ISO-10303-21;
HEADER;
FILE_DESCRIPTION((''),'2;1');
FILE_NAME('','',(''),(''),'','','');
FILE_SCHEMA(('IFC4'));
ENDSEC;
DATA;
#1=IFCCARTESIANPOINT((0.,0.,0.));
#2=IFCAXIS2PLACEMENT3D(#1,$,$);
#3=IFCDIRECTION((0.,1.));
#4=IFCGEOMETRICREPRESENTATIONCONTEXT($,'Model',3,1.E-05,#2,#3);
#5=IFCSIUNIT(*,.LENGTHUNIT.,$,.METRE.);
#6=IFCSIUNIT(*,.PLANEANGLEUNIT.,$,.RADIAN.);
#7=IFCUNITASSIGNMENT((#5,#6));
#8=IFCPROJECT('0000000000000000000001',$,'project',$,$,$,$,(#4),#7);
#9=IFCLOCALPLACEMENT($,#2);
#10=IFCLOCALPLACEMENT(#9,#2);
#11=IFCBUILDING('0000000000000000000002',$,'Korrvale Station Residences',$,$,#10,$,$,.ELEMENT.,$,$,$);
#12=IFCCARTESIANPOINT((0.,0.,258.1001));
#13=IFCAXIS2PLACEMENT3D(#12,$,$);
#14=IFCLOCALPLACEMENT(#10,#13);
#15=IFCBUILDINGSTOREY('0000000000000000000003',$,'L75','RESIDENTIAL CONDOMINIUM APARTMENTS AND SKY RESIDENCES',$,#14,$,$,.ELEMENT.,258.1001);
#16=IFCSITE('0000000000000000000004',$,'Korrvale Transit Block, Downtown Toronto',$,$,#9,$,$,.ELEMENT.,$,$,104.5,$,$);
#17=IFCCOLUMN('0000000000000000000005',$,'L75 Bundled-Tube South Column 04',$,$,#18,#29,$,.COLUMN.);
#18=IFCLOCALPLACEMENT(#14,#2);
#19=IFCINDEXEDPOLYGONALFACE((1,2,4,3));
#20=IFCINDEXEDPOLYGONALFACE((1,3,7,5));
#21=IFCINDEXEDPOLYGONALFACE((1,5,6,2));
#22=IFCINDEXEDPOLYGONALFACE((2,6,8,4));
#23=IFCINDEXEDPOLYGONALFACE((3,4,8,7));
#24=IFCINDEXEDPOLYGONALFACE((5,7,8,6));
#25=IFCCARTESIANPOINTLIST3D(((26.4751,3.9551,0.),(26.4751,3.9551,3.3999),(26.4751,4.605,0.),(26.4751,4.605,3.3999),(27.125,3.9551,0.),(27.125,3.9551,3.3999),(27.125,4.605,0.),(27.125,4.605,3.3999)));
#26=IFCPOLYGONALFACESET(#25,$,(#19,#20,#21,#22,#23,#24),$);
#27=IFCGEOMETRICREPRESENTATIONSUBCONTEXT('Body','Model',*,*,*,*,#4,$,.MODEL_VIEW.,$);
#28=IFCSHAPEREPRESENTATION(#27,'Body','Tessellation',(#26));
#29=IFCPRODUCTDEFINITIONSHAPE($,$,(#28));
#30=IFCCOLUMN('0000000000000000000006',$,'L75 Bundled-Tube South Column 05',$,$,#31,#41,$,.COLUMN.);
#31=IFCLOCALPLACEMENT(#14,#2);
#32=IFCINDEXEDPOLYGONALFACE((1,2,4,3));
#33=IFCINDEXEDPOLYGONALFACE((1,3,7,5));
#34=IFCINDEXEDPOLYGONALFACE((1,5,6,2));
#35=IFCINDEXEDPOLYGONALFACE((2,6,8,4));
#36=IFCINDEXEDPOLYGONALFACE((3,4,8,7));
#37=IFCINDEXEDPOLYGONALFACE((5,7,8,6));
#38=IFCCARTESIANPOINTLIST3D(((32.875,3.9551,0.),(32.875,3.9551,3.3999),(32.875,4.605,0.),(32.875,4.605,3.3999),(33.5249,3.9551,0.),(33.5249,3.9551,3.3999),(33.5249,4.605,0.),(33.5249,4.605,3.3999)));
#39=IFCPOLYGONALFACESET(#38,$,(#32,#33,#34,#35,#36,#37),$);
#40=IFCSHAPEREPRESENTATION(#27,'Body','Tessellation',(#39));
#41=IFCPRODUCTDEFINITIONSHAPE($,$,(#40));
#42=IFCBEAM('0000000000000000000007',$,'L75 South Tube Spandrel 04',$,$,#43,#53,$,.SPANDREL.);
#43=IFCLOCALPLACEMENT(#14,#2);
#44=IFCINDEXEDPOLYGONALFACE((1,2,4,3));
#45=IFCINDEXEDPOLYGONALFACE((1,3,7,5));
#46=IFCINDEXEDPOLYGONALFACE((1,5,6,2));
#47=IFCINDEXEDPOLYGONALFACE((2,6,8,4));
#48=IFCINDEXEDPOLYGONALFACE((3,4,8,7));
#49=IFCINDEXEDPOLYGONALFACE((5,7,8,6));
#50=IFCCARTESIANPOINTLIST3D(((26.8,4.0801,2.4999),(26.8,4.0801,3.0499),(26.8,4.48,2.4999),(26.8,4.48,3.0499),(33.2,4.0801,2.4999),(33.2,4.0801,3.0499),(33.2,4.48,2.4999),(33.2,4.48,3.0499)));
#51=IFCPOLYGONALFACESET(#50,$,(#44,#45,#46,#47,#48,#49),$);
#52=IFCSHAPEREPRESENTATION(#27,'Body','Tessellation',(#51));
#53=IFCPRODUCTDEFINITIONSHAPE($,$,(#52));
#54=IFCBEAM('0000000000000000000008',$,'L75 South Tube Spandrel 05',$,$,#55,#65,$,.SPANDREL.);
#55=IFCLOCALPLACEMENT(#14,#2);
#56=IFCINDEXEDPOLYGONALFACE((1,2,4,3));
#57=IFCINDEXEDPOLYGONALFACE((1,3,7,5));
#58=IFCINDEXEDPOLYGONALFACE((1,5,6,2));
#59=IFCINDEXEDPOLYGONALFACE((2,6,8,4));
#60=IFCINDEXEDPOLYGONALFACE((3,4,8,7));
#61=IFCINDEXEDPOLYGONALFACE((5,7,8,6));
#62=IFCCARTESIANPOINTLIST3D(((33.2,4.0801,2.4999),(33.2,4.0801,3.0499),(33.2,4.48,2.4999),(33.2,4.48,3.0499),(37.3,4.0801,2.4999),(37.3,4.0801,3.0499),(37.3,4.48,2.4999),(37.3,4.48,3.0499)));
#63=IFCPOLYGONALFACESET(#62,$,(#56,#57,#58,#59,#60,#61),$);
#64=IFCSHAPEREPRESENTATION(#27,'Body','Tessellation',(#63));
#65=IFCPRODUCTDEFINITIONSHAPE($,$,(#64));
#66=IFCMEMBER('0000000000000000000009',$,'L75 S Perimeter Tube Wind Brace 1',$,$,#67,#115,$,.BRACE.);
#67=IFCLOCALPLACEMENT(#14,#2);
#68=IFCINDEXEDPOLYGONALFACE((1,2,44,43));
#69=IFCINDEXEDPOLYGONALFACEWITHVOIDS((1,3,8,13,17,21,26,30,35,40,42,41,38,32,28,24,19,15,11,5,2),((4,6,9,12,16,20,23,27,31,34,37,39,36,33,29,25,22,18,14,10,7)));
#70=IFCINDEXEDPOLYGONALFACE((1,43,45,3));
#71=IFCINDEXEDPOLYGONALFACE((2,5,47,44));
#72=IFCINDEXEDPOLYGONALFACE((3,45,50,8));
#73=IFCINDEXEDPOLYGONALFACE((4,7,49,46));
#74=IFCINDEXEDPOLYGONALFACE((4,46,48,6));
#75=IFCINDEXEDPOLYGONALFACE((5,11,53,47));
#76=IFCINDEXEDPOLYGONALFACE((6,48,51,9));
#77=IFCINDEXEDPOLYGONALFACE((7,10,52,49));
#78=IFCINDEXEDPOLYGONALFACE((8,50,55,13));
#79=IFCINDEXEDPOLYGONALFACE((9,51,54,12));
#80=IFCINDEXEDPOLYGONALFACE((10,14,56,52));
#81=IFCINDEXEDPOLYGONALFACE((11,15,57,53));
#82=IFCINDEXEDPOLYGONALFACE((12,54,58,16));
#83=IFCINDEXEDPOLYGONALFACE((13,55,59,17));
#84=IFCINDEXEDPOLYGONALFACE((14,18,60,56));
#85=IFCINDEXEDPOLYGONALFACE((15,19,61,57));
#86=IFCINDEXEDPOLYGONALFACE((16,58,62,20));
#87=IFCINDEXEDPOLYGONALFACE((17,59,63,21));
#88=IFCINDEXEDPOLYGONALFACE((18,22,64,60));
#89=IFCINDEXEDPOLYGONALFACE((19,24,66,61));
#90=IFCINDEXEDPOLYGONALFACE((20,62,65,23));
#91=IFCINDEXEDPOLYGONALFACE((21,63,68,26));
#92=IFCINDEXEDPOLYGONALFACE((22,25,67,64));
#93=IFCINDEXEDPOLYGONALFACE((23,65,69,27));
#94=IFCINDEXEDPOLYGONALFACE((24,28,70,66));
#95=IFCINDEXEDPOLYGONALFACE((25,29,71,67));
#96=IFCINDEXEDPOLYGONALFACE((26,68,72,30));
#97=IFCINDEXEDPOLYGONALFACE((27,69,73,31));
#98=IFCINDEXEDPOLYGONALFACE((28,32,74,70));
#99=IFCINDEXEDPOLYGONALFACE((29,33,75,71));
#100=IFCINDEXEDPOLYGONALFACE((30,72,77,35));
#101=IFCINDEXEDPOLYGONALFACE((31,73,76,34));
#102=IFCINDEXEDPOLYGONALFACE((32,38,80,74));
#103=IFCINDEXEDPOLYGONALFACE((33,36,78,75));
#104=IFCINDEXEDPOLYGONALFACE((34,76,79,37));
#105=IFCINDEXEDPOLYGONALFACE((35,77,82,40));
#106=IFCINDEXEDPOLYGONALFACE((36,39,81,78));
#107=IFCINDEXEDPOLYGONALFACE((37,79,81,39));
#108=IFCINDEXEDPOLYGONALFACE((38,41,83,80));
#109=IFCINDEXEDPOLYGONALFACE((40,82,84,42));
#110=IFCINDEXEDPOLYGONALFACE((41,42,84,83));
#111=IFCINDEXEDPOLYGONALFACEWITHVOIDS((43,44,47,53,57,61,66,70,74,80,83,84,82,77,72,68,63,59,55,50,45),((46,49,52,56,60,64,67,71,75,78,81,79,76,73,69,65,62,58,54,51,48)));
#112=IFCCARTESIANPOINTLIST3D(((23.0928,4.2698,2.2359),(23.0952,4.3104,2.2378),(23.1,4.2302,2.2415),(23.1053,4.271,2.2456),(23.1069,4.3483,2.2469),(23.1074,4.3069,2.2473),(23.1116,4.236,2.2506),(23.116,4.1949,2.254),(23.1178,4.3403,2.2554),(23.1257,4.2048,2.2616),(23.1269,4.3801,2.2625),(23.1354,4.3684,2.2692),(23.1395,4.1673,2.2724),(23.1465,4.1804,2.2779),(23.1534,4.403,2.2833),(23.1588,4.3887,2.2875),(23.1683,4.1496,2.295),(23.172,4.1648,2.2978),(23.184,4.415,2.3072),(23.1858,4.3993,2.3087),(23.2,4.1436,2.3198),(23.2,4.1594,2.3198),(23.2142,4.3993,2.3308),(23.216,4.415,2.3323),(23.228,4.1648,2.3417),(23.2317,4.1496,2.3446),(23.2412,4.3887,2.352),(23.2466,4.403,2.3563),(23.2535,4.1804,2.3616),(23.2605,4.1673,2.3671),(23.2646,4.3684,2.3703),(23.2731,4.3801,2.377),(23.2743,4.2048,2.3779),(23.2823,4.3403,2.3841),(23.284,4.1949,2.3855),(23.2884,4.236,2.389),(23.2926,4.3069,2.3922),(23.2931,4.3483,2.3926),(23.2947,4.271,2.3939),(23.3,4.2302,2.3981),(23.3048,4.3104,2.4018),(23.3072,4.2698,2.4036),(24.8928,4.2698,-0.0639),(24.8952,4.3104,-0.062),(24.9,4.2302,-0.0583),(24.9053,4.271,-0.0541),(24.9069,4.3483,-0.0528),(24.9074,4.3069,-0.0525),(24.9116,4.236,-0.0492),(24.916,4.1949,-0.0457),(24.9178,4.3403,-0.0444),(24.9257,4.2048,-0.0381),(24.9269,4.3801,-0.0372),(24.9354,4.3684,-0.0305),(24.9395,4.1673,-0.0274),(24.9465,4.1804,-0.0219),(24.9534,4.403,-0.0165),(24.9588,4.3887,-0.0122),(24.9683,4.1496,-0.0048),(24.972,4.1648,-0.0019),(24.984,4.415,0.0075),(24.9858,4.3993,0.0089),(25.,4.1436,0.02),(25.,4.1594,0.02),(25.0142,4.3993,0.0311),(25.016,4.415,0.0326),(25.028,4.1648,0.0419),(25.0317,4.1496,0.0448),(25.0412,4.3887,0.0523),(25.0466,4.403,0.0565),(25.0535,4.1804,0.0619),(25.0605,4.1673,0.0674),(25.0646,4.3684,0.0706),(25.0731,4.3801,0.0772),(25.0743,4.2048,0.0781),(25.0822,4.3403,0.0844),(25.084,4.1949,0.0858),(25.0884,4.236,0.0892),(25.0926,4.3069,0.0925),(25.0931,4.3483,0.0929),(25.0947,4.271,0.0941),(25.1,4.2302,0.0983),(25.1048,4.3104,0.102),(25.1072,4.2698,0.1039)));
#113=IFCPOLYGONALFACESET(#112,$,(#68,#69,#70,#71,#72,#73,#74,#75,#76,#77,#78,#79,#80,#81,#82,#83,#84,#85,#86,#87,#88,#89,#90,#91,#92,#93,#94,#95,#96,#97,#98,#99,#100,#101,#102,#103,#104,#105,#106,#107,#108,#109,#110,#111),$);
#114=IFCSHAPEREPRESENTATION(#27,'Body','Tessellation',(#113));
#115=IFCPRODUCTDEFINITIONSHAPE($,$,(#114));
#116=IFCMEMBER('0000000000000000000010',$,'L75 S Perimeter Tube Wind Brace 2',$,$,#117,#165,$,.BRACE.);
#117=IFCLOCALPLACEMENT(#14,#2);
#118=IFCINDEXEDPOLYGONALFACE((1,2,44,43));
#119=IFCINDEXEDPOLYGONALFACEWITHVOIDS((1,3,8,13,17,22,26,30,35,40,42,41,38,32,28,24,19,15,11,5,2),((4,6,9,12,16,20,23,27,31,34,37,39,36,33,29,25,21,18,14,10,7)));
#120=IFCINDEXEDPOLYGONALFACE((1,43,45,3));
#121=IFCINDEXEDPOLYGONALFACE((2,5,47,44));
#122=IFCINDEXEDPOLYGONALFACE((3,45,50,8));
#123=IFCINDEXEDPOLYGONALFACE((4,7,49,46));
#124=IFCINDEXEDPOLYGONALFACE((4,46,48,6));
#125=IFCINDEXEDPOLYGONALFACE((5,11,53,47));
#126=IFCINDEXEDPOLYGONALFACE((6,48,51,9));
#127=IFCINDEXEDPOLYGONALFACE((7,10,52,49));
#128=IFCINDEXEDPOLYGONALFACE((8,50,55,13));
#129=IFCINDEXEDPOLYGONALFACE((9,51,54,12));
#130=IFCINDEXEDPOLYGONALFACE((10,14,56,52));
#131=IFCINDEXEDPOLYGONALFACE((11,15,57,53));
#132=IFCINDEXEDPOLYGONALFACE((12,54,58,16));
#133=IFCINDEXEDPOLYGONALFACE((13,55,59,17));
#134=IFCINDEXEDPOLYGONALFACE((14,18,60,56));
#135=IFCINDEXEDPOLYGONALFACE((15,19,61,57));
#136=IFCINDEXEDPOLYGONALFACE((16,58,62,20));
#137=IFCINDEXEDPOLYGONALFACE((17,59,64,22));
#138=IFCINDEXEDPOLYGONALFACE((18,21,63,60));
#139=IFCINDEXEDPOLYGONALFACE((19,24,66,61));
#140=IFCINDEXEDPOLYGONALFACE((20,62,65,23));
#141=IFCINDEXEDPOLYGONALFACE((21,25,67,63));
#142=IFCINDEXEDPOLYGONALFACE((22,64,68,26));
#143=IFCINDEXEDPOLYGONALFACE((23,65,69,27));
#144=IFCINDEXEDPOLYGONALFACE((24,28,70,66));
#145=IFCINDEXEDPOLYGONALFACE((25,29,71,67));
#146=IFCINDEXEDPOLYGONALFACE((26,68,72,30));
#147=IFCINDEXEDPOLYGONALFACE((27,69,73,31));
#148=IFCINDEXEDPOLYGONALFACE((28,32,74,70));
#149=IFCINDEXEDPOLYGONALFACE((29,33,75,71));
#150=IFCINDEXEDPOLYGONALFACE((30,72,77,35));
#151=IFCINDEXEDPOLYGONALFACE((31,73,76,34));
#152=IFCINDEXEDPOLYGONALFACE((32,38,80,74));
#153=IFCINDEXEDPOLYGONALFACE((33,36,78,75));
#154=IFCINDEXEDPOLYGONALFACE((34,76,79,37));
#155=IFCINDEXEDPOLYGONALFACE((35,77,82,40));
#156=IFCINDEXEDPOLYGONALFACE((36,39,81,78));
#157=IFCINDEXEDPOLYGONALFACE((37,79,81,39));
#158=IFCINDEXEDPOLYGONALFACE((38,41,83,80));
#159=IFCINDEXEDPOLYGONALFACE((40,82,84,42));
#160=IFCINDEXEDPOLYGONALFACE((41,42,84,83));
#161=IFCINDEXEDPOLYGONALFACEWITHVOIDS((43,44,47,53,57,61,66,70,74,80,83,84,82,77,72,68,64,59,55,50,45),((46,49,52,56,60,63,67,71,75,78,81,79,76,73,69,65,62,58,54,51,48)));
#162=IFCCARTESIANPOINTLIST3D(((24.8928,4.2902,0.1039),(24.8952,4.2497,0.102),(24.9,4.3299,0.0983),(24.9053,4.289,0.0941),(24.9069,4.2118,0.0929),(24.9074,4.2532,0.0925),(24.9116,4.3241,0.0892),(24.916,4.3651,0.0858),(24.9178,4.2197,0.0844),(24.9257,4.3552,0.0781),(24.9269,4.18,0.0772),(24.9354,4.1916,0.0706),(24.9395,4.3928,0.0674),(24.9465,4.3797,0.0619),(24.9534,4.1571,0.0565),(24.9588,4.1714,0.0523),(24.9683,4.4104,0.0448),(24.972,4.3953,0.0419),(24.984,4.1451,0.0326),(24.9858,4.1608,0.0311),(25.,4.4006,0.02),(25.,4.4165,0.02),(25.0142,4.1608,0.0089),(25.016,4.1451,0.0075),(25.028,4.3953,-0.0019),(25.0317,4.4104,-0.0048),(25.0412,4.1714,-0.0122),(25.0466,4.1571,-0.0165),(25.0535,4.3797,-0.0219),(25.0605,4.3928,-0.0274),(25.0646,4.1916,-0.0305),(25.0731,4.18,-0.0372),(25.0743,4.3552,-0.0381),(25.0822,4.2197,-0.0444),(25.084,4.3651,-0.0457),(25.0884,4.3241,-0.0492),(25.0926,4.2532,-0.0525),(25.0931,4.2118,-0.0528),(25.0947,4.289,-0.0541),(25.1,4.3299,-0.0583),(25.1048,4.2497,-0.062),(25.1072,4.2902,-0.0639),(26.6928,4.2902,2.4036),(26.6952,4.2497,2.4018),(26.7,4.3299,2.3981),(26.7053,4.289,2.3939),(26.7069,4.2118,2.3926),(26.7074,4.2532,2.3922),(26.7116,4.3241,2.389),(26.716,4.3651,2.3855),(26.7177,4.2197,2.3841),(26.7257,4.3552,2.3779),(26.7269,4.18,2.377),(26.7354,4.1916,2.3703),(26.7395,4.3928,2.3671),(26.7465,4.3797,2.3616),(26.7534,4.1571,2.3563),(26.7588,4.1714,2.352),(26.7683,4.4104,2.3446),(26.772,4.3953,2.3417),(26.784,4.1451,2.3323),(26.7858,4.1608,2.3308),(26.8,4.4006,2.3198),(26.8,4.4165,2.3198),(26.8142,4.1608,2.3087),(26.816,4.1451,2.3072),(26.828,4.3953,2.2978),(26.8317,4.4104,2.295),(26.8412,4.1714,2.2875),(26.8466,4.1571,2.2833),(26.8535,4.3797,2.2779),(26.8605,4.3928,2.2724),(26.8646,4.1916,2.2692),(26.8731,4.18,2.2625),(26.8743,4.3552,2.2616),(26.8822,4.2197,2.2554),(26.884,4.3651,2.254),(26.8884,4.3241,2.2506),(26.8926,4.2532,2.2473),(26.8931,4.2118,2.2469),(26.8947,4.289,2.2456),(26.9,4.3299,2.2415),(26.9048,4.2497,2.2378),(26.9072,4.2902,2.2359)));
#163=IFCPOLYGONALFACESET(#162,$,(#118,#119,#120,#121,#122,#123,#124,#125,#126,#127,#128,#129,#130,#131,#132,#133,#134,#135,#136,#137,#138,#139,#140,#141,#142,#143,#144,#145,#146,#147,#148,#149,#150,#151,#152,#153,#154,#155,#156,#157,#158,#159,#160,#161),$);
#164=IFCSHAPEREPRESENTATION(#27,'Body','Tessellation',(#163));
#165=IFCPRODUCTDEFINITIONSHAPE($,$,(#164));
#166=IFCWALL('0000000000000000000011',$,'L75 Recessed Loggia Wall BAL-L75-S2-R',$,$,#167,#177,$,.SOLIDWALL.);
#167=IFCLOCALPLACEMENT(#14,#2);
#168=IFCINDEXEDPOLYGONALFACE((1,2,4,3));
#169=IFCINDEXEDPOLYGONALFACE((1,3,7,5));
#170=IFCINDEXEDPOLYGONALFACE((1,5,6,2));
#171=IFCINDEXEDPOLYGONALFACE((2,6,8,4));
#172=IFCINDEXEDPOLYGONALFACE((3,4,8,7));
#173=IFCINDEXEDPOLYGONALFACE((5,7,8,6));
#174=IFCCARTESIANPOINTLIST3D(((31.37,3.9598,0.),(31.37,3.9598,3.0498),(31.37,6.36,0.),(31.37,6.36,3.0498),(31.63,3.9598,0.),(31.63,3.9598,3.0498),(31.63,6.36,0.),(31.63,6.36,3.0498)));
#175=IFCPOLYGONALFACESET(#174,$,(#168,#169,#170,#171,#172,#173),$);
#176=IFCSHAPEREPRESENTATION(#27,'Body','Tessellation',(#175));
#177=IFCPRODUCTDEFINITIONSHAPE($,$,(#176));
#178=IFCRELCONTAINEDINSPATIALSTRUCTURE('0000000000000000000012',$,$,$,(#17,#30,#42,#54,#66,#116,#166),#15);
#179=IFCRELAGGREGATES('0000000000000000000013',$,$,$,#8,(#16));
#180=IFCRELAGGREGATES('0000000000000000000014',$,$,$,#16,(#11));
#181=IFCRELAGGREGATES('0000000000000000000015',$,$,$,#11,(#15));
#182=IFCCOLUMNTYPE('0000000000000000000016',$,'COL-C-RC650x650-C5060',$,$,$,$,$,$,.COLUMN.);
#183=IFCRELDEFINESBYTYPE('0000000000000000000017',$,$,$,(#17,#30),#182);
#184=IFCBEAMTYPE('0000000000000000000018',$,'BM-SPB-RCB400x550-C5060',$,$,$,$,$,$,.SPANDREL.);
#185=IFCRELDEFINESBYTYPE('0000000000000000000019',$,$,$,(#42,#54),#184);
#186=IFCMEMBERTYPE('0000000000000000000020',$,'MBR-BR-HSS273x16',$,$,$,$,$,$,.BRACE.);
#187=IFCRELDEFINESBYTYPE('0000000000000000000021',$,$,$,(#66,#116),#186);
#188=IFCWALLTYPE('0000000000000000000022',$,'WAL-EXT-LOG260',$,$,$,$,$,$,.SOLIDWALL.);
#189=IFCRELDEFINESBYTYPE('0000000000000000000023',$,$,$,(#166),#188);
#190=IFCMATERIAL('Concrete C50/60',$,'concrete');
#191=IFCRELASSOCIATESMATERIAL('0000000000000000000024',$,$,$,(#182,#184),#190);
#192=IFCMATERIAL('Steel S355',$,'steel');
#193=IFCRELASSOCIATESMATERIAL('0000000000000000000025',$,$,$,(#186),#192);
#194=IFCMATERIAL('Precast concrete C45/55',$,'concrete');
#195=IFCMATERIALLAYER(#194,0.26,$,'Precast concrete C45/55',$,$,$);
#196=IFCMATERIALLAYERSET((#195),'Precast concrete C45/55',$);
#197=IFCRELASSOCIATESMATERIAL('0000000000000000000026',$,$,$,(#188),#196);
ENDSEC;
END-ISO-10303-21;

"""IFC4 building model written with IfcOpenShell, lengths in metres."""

from ifc_helpers import new_model, si_unit, direction, frame, frame_2d, origin, origin_2d, place, context, subcontext, project, spatial, rectangle, hollow_circle, extrude, material, layer, layer_set, material_profile, profile_set, type_object, element, save


model = new_model("IFC4")

# Units and contexts
model_context = context("Model", 3, precision=1e-05, world=origin(), true_north=direction((0.0, 1.0)))
body_context = subcontext(model_context, "Body", "Model", "MODEL_VIEW")
ifc_project = project(units=[si_unit("LENGTHUNIT", "METRE"), si_unit("PLANEANGLEUNIT", "RADIAN")], contexts=[model_context])

# Site, building, storey
site_placement = place(None, origin())
site = spatial("IfcSite", under=ifc_project, at=site_placement, Name="Korrvale Transit Block, Downtown Toronto", CompositionType="ELEMENT", RefElevation=104.5)
building_placement = place(site_placement, origin())
building = spatial("IfcBuilding", under=site, at=building_placement, Name="Korrvale Station Residences", CompositionType="ELEMENT")
storey_placement = place(building_placement, frame((0.0, 0.0, 258.1001)))
storey = spatial("IfcBuildingStorey", under=building, at=storey_placement, Name="L75", Description="RESIDENTIAL CONDOMINIUM APARTMENTS AND SKY RESIDENCES", CompositionType="ELEMENT", Elevation=258.1001)

# Columns
ifc_material_1 = material(Name="Concrete C50/60", Category="concrete")
ifc_material_profile_1 = material_profile(ifc_material_1, rectangle(XDim=0.6499, YDim=0.6499, at=origin_2d()), Name="RC650x650")
ifc_profile_set_1 = profile_set([ifc_material_profile_1], Name="Concrete C50/60")
column_type = type_object("IfcColumnType", Name="COL-C-RC650x650-C5060", PredefinedType="COLUMN", material=ifc_profile_set_1)
for number, where, z_axis, x_axis, name in (
    (1, (26.8, 4.28, 0.0), (0.0, 0.0, 1.0), (1.0, 0.0, 0.0), "L75 Bundled-Tube South Column 04"),
    (2, (33.2, 4.28, 0.0), (0.0, 0.0, 1.0), (1.0, 0.0, 0.0), "L75 Bundled-Tube South Column 05"),
):
    element("IfcColumn", number, at=place(storey_placement, frame(where, z_axis=z_axis, x_axis=x_axis)), inside=storey, type_object=column_type, Name=name, PredefinedType="COLUMN", context=body_context, shape_type="SweptSolid", body=[
        extrude(rectangle(XDim=0.6499, YDim=0.6499, at=origin_2d()), origin(), (0.0, 0.0, 1.0), 3.3999),
    ])

# Beams
ifc_material_profile_2 = material_profile(ifc_material_1, rectangle(XDim=0.3999, YDim=0.55, at=origin_2d()), Name="RCB400x550")
ifc_profile_set_2 = profile_set([ifc_material_profile_2], Name="Concrete C50/60")
beam_type = type_object("IfcBeamType", Name="BM-SPB-RCB400x550-C5060", PredefinedType="SPANDREL", material=ifc_profile_set_2)
beam_1_placement = place(storey_placement, frame((26.8, 4.28, 2.7749), z_axis=(1.0, 0.0, 0.0), x_axis=(0.0, 1.0, 0.0)))
element("IfcBeam", 3, at=beam_1_placement, inside=storey, type_object=beam_type, Name="L75 South Tube Spandrel 04", PredefinedType="SPANDREL", context=body_context, shape_type="SweptSolid", body=[
    extrude(rectangle(XDim=0.3999, YDim=0.55, at=origin_2d()), origin(), (0.0, 0.0, 1.0), 6.3999),
])
beam_2_placement = place(storey_placement, frame((33.2, 4.28, 2.7749), z_axis=(1.0, 0.0, 0.0), x_axis=(0.0, 1.0, 0.0)))
element("IfcBeam", 4, at=beam_2_placement, inside=storey, type_object=beam_type, Name="L75 South Tube Spandrel 05", PredefinedType="SPANDREL", context=body_context, shape_type="SweptSolid", body=[
    extrude(rectangle(XDim=0.3999, YDim=0.55, at=origin_2d()), origin(), (0.0, 0.0, 1.0), 4.1001),
])

# Members
ifc_material_2 = material(Name="Steel S355", Category="steel")
ifc_material_profile_3 = material_profile(ifc_material_2, hollow_circle(Radius=0.1365, WallThickness=0.0159, at=origin_2d()), Name="HSS273x16")
ifc_profile_set_3 = profile_set([ifc_material_profile_3], Name="Steel S355")
member_type = type_object("IfcMemberType", Name="MBR-BR-HSS273x16", PredefinedType="BRACE", material=ifc_profile_set_3)
for number, where, z_axis, x_axis, name in (
    (5, (25.0, 4.28, 0.02), (-0.616351, 0.0, 0.787471), (0.0, -1.0, 0.0), "L75 S Perimeter Tube Wind Brace 1"),
    (6, (25.0, 4.28, 0.02), (0.616351, 0.0, 0.787471), (0.0, 1.0, 0.0), "L75 S Perimeter Tube Wind Brace 2"),
):
    element("IfcMember", number, at=place(storey_placement, frame(where, z_axis=z_axis, x_axis=x_axis)), inside=storey, type_object=member_type, Name=name, PredefinedType="BRACE", context=body_context, shape_type="SweptSolid", body=[
        extrude(hollow_circle(Radius=0.1365, WallThickness=0.0159, at=origin_2d()), origin(), (0.0, 0.0, 1.0), 2.9204),
    ])

# Wall
ifc_material_3 = material(Name="Precast concrete C45/55", Category="concrete")
ifc_layer_1 = layer(ifc_material_3, 0.26, Name="Precast concrete C45/55")
ifc_layer_set_1 = layer_set([ifc_layer_1], Name="Precast concrete C45/55")
wall_type_1 = type_object("IfcWallType", Name="WAL-EXT-LOG260", PredefinedType="SOLIDWALL", material=ifc_layer_set_1)
wall_1_placement = place(storey_placement, frame((31.5, 6.3601, 0.0), z_axis=(0.0, 0.0, 1.0), x_axis=(0.0, -1.0, 0.0)))
element("IfcWall", 7, at=wall_1_placement, inside=storey, type_object=wall_type_1, Name="L75 Recessed Loggia Wall BAL-L75-S2-R", PredefinedType="SOLIDWALL", context=body_context, shape_type="SweptSolid", body=[
    extrude(rectangle(XDim=2.4001, YDim=0.26, at=frame_2d((1.2002, 0.0))), origin(), (0.0, 0.0, 1.0), 3.0498),
])

save(model, "model.ifc")
